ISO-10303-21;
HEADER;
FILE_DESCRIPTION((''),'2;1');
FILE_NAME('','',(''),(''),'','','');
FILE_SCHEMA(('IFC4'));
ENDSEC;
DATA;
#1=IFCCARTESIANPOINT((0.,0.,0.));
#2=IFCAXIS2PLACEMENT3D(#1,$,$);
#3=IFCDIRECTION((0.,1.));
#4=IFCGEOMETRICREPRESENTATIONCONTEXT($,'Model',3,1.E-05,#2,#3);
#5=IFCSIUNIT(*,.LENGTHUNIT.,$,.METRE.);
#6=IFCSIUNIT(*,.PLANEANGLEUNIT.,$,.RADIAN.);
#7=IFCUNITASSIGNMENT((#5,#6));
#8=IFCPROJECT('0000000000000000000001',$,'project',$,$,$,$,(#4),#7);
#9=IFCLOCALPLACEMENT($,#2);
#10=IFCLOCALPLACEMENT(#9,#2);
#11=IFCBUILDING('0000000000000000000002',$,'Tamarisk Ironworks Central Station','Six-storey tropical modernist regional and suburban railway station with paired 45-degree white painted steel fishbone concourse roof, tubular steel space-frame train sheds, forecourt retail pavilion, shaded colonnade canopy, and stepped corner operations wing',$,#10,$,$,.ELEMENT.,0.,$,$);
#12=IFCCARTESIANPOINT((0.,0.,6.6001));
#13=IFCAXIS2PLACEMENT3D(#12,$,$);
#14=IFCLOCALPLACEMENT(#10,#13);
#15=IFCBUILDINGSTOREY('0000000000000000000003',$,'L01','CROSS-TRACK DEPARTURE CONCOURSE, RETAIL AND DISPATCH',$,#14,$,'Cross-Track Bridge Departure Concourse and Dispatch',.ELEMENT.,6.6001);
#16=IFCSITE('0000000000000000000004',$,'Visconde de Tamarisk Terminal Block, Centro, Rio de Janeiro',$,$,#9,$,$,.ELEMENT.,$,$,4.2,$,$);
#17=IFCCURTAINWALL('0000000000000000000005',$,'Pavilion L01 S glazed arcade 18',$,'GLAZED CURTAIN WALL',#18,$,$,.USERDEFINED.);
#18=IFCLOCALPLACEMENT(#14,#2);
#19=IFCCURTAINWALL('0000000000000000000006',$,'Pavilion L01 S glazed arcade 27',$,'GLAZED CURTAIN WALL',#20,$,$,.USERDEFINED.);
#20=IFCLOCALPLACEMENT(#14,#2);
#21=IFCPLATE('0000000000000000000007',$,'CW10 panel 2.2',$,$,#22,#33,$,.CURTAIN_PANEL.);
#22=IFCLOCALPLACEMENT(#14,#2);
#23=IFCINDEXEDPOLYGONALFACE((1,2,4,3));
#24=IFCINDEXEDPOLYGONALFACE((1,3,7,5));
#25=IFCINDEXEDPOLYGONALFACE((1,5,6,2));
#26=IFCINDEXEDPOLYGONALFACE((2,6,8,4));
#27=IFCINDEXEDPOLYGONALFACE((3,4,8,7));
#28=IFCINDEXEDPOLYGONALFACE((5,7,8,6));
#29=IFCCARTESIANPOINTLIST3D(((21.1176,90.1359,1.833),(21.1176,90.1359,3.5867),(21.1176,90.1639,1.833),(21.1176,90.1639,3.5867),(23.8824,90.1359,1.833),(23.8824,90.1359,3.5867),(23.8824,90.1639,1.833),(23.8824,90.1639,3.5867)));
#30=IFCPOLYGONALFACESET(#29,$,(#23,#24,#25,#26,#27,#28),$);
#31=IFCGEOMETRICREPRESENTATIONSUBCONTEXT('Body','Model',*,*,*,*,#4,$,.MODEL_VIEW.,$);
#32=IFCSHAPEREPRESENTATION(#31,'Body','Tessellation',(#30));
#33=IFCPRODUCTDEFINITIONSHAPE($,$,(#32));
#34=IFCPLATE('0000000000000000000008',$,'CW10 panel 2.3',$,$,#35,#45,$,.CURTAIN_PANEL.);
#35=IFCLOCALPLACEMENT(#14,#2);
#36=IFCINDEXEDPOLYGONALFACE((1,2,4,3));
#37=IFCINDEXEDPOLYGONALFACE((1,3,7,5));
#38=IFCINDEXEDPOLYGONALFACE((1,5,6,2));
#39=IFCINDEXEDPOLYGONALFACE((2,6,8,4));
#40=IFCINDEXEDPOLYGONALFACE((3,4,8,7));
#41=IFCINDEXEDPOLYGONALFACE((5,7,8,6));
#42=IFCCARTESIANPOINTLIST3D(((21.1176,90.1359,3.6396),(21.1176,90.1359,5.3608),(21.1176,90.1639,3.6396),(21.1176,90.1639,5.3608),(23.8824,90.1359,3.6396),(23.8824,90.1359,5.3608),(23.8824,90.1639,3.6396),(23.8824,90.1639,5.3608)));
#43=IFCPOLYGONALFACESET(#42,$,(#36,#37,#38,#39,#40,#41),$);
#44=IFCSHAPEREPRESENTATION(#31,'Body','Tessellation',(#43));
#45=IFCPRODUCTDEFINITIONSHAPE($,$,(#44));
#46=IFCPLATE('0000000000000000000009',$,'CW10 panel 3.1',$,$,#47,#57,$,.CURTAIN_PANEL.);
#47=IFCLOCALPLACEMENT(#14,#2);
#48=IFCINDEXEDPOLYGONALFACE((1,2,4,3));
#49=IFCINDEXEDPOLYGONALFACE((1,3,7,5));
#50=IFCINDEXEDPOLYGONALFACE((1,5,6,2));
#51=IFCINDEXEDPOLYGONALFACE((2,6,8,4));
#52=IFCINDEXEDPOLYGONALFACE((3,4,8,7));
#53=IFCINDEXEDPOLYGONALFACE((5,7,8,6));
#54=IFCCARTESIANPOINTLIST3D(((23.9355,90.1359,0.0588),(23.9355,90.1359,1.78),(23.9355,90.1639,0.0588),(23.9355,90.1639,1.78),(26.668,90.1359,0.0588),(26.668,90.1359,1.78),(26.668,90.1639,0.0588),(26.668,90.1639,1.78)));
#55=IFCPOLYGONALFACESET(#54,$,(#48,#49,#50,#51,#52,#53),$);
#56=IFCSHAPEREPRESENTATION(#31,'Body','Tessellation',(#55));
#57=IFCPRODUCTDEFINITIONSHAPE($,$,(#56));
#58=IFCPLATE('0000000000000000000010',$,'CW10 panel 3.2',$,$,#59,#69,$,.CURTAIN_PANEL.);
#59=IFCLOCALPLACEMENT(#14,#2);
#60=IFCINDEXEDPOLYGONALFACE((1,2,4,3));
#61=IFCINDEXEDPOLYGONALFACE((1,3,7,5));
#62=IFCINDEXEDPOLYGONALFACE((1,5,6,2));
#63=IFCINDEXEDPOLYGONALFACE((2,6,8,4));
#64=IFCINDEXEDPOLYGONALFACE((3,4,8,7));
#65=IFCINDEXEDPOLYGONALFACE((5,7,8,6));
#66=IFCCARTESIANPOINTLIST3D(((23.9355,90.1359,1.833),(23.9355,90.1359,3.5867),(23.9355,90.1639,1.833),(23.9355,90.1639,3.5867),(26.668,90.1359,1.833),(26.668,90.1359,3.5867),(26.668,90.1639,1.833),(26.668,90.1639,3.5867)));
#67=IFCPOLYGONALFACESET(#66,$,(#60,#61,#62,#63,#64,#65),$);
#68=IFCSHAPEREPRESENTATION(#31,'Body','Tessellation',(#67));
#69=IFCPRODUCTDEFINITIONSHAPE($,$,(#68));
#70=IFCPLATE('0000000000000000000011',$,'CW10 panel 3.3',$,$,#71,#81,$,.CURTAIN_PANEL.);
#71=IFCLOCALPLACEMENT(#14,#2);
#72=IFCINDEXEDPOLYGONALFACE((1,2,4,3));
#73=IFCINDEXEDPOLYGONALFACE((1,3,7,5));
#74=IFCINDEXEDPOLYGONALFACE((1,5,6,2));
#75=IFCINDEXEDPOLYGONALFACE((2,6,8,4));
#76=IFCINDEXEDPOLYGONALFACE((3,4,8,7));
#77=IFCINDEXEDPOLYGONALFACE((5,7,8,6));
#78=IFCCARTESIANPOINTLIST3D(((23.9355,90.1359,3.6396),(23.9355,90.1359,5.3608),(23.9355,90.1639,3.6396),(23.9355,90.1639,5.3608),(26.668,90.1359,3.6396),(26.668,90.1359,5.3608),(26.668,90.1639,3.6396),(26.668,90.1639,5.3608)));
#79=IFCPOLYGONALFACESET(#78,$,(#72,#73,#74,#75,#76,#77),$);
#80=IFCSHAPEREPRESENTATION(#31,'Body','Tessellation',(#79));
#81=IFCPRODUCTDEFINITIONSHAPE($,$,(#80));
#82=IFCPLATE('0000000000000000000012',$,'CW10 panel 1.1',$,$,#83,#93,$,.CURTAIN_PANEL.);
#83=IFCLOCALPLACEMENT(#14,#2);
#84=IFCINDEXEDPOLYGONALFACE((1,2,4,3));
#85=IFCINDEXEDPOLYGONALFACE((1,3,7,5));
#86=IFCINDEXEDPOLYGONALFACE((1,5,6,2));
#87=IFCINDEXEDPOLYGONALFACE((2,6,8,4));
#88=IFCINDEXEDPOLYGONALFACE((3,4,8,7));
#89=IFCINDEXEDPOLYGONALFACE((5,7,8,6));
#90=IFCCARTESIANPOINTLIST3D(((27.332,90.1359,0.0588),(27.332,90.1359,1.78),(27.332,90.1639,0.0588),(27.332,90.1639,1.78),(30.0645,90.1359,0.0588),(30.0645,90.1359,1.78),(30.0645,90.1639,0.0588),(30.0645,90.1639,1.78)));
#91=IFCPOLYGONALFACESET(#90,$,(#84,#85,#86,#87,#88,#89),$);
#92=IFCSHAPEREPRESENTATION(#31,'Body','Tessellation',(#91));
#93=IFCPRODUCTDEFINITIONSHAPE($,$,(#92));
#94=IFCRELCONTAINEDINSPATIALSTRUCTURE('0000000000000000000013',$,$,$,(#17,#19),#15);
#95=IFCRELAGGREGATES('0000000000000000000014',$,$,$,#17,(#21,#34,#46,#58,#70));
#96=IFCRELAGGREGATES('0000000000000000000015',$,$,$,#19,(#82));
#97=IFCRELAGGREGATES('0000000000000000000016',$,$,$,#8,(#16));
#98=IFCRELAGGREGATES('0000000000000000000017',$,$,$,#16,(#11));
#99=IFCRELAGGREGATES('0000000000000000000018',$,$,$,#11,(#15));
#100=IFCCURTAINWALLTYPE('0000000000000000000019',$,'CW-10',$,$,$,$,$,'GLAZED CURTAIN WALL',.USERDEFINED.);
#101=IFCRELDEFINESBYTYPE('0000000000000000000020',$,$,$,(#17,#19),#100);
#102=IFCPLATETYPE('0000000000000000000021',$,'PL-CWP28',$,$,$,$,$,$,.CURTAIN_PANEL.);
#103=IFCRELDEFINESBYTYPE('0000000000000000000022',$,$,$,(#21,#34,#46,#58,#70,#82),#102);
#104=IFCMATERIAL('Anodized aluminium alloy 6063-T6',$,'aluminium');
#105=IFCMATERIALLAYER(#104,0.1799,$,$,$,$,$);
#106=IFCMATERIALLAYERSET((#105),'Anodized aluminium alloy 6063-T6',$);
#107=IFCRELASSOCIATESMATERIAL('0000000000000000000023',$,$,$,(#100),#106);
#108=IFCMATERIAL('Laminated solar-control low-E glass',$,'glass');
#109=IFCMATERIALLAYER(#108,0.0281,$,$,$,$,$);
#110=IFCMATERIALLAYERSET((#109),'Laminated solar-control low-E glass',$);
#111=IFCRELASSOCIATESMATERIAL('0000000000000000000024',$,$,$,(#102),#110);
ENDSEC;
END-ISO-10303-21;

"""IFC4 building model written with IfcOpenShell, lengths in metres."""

from ifc_helpers import new_model, si_unit, direction, frame, origin, origin_2d, place, context, subcontext, project, spatial, rectangle, extrude, material, layer, layer_set, type_object, element, aggregate, save


model = new_model("IFC4")

# Units and contexts
model_context = context("Model", 3, precision=1e-05, world=origin(), true_north=direction((0.0, 1.0)))
body_context = subcontext(model_context, "Body", "Model", "MODEL_VIEW")
ifc_project = project(units=[si_unit("LENGTHUNIT", "METRE"), si_unit("PLANEANGLEUNIT", "RADIAN")], contexts=[model_context])

# Site, building, storey
site_placement = place(None, origin())
site = spatial("IfcSite", under=ifc_project, at=site_placement, Name="Visconde de Tamarisk Terminal Block, Centro, Rio de Janeiro", CompositionType="ELEMENT", RefElevation=4.2)
building_placement = place(site_placement, origin())
building = spatial("IfcBuilding", under=site, at=building_placement, Name="Tamarisk Ironworks Central Station", Description="Six-storey tropical modernist regional and suburban railway station with paired 45-degree white painted steel fishbone concourse roof, tubular steel space-frame train sheds, forecourt retail pavilion, shaded colonnade canopy, and stepped corner operations wing", CompositionType="ELEMENT", ElevationOfRefHeight=0.0)
storey_placement = place(building_placement, frame((0.0, 0.0, 6.6001)))
storey = spatial("IfcBuildingStorey", under=building, at=storey_placement, Name="L01", Description="CROSS-TRACK DEPARTURE CONCOURSE, RETAIL AND DISPATCH", LongName="Cross-Track Bridge Departure Concourse and Dispatch", CompositionType="ELEMENT", Elevation=6.6001)

# Curtain wall
ifc_material_1 = material(Name="Anodized aluminium alloy 6063-T6", Category="aluminium")
ifc_layer_1 = layer(ifc_material_1, 0.1799)
ifc_layer_set_1 = layer_set([ifc_layer_1], Name="Anodized aluminium alloy 6063-T6")
curtain_wall_type = type_object("IfcCurtainWallType", Name="CW-10", ElementType="GLAZED CURTAIN WALL", PredefinedType="USERDEFINED", material=ifc_layer_set_1)
curtain_wall_1_placement = place(storey_placement, origin())
curtain_wall_1 = element("IfcCurtainWall", 1, at=curtain_wall_1_placement, inside=storey, type_object=curtain_wall_type, Name="Pavilion L01 S glazed arcade 18", ObjectType="GLAZED CURTAIN WALL", PredefinedType="USERDEFINED")

# Curtain wall
curtain_wall_2_placement = place(storey_placement, origin())
curtain_wall_2 = element("IfcCurtainWall", 2, at=curtain_wall_2_placement, inside=storey, type_object=curtain_wall_type, Name="Pavilion L01 S glazed arcade 27", ObjectType="GLAZED CURTAIN WALL", PredefinedType="USERDEFINED")

# Plates
ifc_material_2 = material(Name="Laminated solar-control low-E glass", Category="glass")
ifc_layer_2 = layer(ifc_material_2, 0.0281)
ifc_layer_set_2 = layer_set([ifc_layer_2], Name="Laminated solar-control low-E glass")
plate_type = type_object("IfcPlateType", Name="PL-CWP28", PredefinedType="CURTAIN_PANEL", material=ifc_layer_set_2)
plate_1_placement = place(storey_placement, frame((22.5, 90.1499, 1.833), z_axis=(0.0, 0.0, 1.0), x_axis=(1.0, 0.0, 0.0)))
plate_1 = element("IfcPlate", 3, at=plate_1_placement, type_object=plate_type, Name="CW10 panel 2.2", PredefinedType="CURTAIN_PANEL", context=body_context, shape_type="SweptSolid", body=[
    extrude(rectangle(XDim=2.7649, YDim=0.0281, at=origin_2d()), origin(), (0.0, 0.0, 1.0), 1.7537),
])
plate_2_placement = place(storey_placement, frame((22.5, 90.1499, 3.6396), z_axis=(0.0, 0.0, 1.0), x_axis=(1.0, 0.0, 0.0)))
plate_2 = element("IfcPlate", 4, at=plate_2_placement, type_object=plate_type, Name="CW10 panel 2.3", PredefinedType="CURTAIN_PANEL", context=body_context, shape_type="SweptSolid", body=[
    extrude(rectangle(XDim=2.7649, YDim=0.0281, at=origin_2d()), origin(), (0.0, 0.0, 1.0), 1.7212),
])
plate_3_placement = place(storey_placement, frame((25.3018, 90.1499, 0.0588), z_axis=(0.0, 0.0, 1.0), x_axis=(1.0, 0.0, 0.0)))
plate_3 = element("IfcPlate", 5, at=plate_3_placement, type_object=plate_type, Name="CW10 panel 3.1", PredefinedType="CURTAIN_PANEL", context=body_context, shape_type="SweptSolid", body=[
    extrude(rectangle(XDim=2.7324, YDim=0.0281, at=origin_2d()), origin(), (0.0, 0.0, 1.0), 1.7212),
])
plate_4_placement = place(storey_placement, frame((25.3018, 90.1499, 1.833), z_axis=(0.0, 0.0, 1.0), x_axis=(1.0, 0.0, 0.0)))
plate_4 = element("IfcPlate", 6, at=plate_4_placement, type_object=plate_type, Name="CW10 panel 3.2", PredefinedType="CURTAIN_PANEL", context=body_context, shape_type="SweptSolid", body=[
    extrude(rectangle(XDim=2.7324, YDim=0.0281, at=origin_2d()), origin(), (0.0, 0.0, 1.0), 1.7537),
])
plate_5_placement = place(storey_placement, frame((25.3018, 90.1499, 3.6396), z_axis=(0.0, 0.0, 1.0), x_axis=(1.0, 0.0, 0.0)))
plate_5 = element("IfcPlate", 7, at=plate_5_placement, type_object=plate_type, Name="CW10 panel 3.3", PredefinedType="CURTAIN_PANEL", context=body_context, shape_type="SweptSolid", body=[
    extrude(rectangle(XDim=2.7324, YDim=0.0281, at=origin_2d()), origin(), (0.0, 0.0, 1.0), 1.7212),
])
aggregate(curtain_wall_1, [plate_1, plate_2, plate_3, plate_4, plate_5])
plate_6_placement = place(storey_placement, frame((28.6982, 90.1499, 0.0588), z_axis=(0.0, 0.0, 1.0), x_axis=(1.0, 0.0, 0.0)))
plate_6 = element("IfcPlate", 8, at=plate_6_placement, type_object=plate_type, Name="CW10 panel 1.1", PredefinedType="CURTAIN_PANEL", context=body_context, shape_type="SweptSolid", body=[
    extrude(rectangle(XDim=2.7324, YDim=0.0281, at=origin_2d()), origin(), (0.0, 0.0, 1.0), 1.7212),
])
aggregate(curtain_wall_2, [plate_6])

save(model, "model.ifc")
